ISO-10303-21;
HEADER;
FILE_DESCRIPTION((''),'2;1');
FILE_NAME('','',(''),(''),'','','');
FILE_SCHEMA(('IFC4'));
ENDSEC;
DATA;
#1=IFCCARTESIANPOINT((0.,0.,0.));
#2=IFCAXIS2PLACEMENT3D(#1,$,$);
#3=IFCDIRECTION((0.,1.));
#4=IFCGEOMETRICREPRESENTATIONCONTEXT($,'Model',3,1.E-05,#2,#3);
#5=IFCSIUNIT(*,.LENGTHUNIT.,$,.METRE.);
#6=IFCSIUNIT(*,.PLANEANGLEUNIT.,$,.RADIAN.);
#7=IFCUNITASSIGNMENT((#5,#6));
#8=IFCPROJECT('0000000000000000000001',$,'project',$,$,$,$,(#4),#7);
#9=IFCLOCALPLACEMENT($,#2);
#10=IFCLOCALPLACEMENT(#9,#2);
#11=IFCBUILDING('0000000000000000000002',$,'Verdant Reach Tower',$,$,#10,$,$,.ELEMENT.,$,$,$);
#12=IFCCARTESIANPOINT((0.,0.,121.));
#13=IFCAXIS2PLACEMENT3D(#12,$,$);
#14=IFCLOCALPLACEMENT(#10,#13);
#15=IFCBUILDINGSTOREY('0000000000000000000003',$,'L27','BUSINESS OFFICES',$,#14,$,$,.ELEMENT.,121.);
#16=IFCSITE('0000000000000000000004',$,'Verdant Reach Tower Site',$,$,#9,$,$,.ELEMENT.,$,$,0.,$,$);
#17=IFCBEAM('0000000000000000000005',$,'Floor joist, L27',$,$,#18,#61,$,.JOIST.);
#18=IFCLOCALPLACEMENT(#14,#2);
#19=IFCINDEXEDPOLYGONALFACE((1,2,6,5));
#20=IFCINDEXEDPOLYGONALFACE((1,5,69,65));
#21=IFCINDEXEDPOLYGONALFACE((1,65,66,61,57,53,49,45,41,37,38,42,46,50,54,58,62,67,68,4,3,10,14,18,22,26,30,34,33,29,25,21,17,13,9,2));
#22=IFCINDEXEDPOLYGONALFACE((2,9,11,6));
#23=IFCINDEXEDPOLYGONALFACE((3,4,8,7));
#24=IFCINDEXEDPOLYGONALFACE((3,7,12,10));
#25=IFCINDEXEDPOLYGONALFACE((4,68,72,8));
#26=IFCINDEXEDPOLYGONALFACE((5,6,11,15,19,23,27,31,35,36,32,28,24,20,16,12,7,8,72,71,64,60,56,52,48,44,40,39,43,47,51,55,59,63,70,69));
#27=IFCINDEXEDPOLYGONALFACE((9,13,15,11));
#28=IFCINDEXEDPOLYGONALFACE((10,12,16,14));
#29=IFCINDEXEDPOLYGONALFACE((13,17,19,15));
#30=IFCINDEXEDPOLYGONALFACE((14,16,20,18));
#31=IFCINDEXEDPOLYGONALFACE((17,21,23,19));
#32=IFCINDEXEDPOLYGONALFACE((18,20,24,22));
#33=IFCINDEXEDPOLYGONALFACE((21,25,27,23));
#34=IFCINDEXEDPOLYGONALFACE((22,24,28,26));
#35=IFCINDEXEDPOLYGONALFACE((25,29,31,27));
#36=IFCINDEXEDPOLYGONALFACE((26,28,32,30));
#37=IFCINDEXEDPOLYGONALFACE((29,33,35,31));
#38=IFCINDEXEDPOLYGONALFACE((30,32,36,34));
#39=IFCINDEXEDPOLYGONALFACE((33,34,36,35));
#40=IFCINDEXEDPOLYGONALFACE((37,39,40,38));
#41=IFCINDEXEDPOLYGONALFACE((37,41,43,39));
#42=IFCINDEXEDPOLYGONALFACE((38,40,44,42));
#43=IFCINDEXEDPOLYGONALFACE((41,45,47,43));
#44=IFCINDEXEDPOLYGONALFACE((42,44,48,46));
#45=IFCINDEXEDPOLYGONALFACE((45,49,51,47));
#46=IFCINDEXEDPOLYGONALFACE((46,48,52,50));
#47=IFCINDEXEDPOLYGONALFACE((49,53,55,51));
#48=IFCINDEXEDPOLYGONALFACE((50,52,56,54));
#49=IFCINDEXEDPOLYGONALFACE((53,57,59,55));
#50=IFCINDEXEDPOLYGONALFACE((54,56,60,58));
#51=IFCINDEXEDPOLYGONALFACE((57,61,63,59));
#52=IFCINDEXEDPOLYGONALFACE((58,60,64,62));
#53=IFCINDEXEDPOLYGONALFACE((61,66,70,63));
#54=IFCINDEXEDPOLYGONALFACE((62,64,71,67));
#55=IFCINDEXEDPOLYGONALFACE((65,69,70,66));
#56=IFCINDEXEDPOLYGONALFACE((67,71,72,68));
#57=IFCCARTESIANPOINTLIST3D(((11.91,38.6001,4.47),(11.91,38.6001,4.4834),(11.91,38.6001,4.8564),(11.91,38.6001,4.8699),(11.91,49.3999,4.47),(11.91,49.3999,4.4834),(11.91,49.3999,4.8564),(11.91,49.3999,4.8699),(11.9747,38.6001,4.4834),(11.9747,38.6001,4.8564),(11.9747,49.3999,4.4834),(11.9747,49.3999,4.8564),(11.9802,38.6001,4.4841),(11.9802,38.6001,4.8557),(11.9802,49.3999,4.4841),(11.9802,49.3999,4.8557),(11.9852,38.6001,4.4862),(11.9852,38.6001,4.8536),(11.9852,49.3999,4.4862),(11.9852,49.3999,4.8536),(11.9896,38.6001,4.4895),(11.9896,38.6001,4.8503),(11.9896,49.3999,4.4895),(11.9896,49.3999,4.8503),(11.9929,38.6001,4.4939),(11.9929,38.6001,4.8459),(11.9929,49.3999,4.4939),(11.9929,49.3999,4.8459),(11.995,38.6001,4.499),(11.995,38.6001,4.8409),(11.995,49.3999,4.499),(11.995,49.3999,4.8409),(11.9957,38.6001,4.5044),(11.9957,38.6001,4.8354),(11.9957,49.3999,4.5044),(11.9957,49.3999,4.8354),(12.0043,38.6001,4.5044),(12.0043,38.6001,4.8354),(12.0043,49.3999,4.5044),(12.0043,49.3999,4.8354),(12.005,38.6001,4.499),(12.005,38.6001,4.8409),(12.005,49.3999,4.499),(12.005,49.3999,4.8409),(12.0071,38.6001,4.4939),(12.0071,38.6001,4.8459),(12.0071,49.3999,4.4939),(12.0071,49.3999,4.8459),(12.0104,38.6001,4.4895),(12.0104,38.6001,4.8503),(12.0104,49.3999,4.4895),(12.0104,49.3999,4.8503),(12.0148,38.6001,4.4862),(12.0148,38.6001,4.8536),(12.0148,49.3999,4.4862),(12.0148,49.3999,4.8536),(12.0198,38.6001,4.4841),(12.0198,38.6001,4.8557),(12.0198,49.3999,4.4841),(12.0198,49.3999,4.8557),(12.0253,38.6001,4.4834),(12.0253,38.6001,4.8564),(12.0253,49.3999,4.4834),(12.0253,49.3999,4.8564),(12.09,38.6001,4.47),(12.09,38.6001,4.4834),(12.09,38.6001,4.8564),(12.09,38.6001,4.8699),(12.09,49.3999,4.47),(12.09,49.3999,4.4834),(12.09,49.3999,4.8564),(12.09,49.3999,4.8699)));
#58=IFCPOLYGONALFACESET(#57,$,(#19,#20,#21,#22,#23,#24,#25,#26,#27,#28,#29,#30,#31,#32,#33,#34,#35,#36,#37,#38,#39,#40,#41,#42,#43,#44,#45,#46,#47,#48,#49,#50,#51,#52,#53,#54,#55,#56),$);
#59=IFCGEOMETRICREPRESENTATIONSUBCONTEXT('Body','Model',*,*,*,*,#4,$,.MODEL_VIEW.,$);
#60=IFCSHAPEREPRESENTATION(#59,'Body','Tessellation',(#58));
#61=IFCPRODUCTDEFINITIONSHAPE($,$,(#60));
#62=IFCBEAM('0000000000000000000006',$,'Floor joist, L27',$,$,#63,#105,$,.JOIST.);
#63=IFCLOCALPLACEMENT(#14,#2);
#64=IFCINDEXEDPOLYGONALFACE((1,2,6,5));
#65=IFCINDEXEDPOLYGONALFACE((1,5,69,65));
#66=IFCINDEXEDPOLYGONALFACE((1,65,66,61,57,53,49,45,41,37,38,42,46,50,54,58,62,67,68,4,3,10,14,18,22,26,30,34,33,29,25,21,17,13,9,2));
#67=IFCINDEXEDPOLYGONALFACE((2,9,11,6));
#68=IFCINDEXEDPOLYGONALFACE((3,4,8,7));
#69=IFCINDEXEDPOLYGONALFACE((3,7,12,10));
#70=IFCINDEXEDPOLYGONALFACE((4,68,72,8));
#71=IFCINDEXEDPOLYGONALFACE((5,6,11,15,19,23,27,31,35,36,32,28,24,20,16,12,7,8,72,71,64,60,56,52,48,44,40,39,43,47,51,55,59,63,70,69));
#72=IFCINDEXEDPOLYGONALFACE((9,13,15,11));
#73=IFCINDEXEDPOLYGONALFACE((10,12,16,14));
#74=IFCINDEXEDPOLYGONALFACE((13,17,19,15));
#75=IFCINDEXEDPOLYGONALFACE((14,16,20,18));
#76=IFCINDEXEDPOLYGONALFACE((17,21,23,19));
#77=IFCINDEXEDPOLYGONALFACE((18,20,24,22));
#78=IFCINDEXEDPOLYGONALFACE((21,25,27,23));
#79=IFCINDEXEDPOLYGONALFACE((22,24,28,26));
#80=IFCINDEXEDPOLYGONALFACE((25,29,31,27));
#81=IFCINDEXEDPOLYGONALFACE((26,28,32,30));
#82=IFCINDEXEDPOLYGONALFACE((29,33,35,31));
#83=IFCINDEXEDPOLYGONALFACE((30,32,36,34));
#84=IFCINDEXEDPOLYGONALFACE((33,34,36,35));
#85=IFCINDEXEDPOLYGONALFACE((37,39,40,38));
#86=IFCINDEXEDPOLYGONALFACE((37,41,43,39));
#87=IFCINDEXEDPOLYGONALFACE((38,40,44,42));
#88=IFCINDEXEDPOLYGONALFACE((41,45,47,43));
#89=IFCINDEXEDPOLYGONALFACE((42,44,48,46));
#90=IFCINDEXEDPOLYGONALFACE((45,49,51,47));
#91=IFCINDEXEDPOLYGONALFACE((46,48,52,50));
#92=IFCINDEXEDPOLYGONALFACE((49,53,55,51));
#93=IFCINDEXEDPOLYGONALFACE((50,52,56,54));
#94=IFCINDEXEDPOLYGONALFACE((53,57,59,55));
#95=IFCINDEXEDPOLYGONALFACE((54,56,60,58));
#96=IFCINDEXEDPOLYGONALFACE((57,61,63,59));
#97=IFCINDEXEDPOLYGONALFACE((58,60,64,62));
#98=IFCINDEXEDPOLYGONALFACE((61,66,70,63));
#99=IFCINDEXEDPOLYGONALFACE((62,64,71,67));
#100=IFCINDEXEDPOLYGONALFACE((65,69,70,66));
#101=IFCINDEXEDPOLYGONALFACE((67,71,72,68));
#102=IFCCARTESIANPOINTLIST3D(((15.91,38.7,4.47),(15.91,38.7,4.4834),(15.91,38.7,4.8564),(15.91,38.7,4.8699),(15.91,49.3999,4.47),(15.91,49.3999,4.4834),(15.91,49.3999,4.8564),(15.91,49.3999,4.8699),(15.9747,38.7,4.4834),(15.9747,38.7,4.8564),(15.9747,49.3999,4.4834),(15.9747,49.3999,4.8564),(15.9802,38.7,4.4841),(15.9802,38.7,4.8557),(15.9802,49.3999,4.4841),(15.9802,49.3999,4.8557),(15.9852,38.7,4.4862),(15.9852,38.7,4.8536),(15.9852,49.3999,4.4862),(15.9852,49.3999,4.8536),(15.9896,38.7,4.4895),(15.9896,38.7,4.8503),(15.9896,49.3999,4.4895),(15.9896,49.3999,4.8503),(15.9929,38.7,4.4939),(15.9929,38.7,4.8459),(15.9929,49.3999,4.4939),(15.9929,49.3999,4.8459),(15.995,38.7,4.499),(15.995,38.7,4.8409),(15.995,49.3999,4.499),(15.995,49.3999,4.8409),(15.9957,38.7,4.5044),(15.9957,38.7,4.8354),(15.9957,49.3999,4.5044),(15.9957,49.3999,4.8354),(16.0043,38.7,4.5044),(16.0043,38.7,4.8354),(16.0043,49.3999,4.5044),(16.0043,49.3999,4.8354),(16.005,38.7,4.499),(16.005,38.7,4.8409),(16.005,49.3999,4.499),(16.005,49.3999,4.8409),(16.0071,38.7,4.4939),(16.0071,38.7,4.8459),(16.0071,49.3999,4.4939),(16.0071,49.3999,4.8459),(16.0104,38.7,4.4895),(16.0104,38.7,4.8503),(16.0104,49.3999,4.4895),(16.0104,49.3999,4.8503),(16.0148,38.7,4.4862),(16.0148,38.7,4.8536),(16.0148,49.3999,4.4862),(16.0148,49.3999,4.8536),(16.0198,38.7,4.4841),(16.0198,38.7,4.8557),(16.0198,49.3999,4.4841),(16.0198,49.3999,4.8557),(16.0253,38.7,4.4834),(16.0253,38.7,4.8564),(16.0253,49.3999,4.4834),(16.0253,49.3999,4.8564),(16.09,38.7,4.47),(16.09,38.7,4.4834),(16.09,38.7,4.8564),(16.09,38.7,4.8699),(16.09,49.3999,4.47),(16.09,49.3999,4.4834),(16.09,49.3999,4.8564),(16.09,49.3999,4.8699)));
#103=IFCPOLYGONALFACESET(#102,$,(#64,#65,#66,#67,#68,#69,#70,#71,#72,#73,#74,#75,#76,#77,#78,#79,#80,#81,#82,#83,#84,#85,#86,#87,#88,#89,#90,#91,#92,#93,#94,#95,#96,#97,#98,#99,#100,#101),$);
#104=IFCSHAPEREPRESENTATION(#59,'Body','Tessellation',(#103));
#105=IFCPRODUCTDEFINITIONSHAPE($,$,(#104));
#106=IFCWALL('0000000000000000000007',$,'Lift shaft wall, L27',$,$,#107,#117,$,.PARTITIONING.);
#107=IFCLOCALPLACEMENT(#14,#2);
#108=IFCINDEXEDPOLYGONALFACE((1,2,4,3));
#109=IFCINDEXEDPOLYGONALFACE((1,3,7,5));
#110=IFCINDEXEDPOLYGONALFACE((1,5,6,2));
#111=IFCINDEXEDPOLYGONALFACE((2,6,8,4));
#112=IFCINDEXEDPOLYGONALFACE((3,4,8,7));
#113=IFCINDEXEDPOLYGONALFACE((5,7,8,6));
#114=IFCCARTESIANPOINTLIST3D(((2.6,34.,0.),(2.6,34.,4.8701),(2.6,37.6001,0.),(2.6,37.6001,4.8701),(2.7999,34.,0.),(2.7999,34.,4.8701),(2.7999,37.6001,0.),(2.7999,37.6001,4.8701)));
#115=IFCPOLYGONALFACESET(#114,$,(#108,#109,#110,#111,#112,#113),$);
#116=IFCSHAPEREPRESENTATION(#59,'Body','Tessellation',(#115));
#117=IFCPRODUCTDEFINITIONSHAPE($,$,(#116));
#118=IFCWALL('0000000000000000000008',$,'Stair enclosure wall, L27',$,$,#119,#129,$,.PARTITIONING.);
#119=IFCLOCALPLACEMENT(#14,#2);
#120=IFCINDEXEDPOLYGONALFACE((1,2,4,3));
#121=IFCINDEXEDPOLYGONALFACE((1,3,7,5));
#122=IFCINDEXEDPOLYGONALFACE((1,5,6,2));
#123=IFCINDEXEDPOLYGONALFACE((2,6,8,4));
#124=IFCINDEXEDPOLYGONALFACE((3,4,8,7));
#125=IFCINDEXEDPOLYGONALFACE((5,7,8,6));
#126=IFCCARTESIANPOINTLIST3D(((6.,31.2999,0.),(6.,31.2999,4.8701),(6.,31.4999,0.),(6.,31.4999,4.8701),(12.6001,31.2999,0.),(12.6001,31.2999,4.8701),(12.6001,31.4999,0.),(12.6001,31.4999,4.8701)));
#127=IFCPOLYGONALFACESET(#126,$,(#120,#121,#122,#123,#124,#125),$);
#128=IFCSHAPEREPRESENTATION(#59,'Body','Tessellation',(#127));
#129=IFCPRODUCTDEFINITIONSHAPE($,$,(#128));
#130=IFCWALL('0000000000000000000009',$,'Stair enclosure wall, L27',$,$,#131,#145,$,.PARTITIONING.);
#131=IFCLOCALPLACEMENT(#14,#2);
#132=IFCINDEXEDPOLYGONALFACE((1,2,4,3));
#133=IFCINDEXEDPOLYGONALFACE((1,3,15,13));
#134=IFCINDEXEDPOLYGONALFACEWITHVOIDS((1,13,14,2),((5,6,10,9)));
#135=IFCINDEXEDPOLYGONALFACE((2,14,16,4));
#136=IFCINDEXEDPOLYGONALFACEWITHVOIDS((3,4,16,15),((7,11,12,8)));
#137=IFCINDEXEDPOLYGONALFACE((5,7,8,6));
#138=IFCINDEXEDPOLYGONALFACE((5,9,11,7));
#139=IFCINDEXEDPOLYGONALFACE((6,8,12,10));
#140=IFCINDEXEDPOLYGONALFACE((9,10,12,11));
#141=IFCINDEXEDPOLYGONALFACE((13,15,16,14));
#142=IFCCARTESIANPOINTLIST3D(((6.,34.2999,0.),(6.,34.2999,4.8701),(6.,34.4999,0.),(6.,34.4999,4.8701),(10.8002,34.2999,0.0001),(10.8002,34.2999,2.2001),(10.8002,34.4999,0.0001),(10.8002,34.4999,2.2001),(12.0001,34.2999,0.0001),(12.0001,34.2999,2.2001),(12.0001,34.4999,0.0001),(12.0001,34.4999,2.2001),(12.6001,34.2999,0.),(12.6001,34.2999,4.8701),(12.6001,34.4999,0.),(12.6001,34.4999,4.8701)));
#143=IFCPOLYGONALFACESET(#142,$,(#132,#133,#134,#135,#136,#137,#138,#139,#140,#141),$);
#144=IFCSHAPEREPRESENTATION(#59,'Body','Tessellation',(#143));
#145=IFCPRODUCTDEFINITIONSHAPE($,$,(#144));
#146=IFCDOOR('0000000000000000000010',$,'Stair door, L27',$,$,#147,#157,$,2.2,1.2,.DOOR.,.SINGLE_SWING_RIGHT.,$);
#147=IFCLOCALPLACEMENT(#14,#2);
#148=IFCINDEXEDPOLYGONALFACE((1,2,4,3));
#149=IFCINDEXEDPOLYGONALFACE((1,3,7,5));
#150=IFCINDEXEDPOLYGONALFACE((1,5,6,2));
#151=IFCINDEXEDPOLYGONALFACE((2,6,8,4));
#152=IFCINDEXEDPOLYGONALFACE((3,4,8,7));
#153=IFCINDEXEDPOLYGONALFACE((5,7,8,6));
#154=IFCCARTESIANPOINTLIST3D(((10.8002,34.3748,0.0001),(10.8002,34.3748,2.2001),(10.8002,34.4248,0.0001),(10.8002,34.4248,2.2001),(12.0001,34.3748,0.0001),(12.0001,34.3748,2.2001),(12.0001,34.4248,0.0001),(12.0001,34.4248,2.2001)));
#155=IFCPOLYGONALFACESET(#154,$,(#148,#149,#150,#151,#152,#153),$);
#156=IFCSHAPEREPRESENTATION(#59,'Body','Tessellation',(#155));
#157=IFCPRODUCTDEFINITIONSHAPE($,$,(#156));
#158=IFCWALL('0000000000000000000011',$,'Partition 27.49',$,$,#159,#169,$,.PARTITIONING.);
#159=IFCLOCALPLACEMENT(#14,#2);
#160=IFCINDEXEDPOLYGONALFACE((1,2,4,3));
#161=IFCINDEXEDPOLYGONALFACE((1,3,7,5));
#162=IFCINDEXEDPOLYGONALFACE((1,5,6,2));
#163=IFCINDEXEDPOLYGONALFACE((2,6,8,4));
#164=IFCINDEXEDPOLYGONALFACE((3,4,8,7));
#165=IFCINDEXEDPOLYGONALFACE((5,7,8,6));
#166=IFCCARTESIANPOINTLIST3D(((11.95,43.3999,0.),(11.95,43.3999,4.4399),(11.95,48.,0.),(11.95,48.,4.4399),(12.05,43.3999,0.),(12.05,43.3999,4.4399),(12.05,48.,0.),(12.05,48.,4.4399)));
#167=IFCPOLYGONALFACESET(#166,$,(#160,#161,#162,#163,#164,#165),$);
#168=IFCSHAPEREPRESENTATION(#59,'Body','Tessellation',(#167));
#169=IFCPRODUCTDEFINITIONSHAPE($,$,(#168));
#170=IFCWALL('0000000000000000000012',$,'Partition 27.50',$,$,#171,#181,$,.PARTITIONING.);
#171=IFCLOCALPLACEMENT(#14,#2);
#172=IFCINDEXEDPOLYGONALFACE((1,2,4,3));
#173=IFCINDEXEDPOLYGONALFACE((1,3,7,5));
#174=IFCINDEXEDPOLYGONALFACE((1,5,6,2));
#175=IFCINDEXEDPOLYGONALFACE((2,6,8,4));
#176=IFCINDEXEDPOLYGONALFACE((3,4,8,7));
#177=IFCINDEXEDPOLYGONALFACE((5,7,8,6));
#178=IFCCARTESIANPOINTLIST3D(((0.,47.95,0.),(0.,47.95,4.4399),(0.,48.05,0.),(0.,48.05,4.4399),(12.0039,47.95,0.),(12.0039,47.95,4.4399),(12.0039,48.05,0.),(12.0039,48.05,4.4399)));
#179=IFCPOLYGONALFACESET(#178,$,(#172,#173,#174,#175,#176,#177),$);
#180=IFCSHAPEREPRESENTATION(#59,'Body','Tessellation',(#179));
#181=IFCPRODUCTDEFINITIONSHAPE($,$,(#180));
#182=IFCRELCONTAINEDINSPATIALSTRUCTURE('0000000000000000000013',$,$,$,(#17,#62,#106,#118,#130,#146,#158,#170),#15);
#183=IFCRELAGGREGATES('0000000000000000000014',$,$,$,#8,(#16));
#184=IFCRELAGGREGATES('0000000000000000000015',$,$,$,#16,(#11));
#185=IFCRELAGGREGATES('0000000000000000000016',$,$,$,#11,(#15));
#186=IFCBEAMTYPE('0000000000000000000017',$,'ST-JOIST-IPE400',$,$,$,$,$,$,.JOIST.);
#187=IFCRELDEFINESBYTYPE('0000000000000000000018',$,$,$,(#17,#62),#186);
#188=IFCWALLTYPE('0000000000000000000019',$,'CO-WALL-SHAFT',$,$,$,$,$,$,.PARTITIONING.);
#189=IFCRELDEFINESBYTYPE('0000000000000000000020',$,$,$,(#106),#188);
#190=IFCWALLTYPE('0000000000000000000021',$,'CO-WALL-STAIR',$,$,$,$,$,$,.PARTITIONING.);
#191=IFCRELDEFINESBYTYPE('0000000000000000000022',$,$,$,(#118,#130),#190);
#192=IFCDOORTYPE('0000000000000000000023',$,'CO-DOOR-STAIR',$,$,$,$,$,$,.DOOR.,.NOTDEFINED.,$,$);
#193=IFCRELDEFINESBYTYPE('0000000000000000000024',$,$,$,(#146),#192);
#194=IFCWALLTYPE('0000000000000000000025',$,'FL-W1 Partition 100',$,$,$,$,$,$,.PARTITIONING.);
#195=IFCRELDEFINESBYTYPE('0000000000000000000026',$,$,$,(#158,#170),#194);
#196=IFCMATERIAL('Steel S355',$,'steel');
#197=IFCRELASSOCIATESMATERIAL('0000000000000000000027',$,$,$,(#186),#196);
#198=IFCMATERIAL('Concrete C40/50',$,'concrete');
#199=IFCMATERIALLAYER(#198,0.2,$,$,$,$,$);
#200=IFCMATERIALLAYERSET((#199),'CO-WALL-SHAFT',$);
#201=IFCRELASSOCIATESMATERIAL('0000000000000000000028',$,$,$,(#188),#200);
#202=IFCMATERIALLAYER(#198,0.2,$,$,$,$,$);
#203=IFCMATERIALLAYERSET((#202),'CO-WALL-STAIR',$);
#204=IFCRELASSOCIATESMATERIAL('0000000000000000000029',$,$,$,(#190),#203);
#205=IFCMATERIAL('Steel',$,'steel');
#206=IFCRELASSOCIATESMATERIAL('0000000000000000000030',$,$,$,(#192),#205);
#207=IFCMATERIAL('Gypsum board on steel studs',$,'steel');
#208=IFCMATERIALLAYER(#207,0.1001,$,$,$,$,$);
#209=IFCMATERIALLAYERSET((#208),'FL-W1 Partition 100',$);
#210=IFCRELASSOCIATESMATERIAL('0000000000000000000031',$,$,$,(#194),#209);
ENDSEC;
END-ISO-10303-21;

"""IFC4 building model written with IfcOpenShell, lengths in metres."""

from ifc_helpers import new_model, si_unit, direction, frame, frame_2d, origin, origin_2d, place, context, subcontext, project, spatial, rectangle, i_section, extrude, material, layer, layer_set, material_profile, profile_set, type_object, element, fill, save


model = new_model("IFC4")

# Units and contexts
model_context = context("Model", 3, precision=1e-05, world=origin(), true_north=direction((0.0, 1.0)))
body_context = subcontext(model_context, "Body", "Model", "MODEL_VIEW")
ifc_project = project(units=[si_unit("LENGTHUNIT", "METRE"), si_unit("PLANEANGLEUNIT", "RADIAN")], contexts=[model_context])

# Site, building, storey
site_placement = place(None, origin())
site = spatial("IfcSite", under=ifc_project, at=site_placement, Name="Verdant Reach Tower Site", CompositionType="ELEMENT", RefElevation=0.0)
building_placement = place(site_placement, origin())
building = spatial("IfcBuilding", under=site, at=building_placement, Name="Verdant Reach Tower", CompositionType="ELEMENT")
storey_placement = place(building_placement, frame((0.0, 0.0, 121.0)))
storey = spatial("IfcBuildingStorey", under=building, at=storey_placement, Name="L27", Description="BUSINESS OFFICES", CompositionType="ELEMENT", Elevation=121.0)

# Beams
ifc_material_1 = material(Name="Steel S355", Category="steel")
ifc_material_profile_1 = material_profile(ifc_material_1, i_section(OverallWidth=0.1799, OverallDepth=0.3999, WebThickness=0.0085, FlangeThickness=0.0134, FilletRadius=0.021, at=origin_2d()), Name="IPE 400")
ifc_profile_set_1 = profile_set([ifc_material_profile_1], Name="Steel S355")
beam_type_1 = type_object("IfcBeamType", Name="ST-JOIST-IPE400", PredefinedType="JOIST", material=ifc_profile_set_1)
for number, where, z_axis, x_axis, name in (
    (1, (12.0, 38.6001, 4.6699), (0.0, 1.0, 0.0), (-1.0, 0.0, 0.0), "Floor joist, L27"),
):
    element("IfcBeam", number, at=place(storey_placement, frame(where, z_axis=z_axis, x_axis=x_axis)), inside=storey, type_object=beam_type_1, Name=name, PredefinedType="JOIST", context=body_context, shape_type="SweptSolid", body=[
        extrude(i_section(OverallWidth=0.1799, OverallDepth=0.3999, WebThickness=0.0085, FlangeThickness=0.0134, FilletRadius=0.021, at=origin_2d()), origin(), (0.0, 0.0, 1.0), 10.7998),
    ])
beam_1_placement = place(storey_placement, frame((16.0, 38.7, 4.6699), z_axis=(0.0, 1.0, 0.0), x_axis=(-1.0, 0.0, 0.0)))
element("IfcBeam", 2, at=beam_1_placement, inside=storey, type_object=beam_type_1, Name="Floor joist, L27", PredefinedType="JOIST", context=body_context, shape_type="SweptSolid", body=[
    extrude(i_section(OverallWidth=0.1799, OverallDepth=0.3999, WebThickness=0.0085, FlangeThickness=0.0134, FilletRadius=0.021, at=origin_2d()), origin(), (0.0, 0.0, 1.0), 10.7),
])

# Walls
ifc_material_2 = material(Name="Concrete C40/50", Category="concrete")
ifc_layer_1 = layer(ifc_material_2, 0.2)
ifc_layer_set_1 = layer_set([ifc_layer_1], Name="CO-WALL-SHAFT")
wall_type_1 = type_object("IfcWallType", Name="CO-WALL-SHAFT", PredefinedType="PARTITIONING", material=ifc_layer_set_1)
wall_1_placement = place(storey_placement, frame((2.7, 34.0, 0.0), z_axis=(0.0, 0.0, 1.0), x_axis=(0.0, 1.0, 0.0)))
element("IfcWall", 3, at=wall_1_placement, inside=storey, type_object=wall_type_1, Name="Lift shaft wall, L27", PredefinedType="PARTITIONING", context=body_context, shape_type="SweptSolid", body=[
    extrude(rectangle(XDim=3.6001, YDim=0.2, at=frame_2d((1.8, 0.0))), origin(), (0.0, 0.0, 1.0), 4.8701),
])
ifc_layer_2 = layer(ifc_material_2, 0.2)
ifc_layer_set_2 = layer_set([ifc_layer_2], Name="CO-WALL-STAIR")
wall_type_2 = type_object("IfcWallType", Name="CO-WALL-STAIR", PredefinedType="PARTITIONING", material=ifc_layer_set_2)
wall_2_placement = place(storey_placement, frame((6.0, 31.3999, 0.0), z_axis=(0.0, 0.0, 1.0), x_axis=(1.0, 0.0, 0.0)))
element("IfcWall", 4, at=wall_2_placement, inside=storey, type_object=wall_type_2, Name="Stair enclosure wall, L27", PredefinedType="PARTITIONING", context=body_context, shape_type="SweptSolid", body=[
    extrude(rectangle(XDim=6.6001, YDim=0.2, at=frame_2d((3.3, 0.0))), origin(), (0.0, 0.0, 1.0), 4.8701),
])

# Wall, opening, door
wall_3_placement = place(storey_placement, frame((6.0, 34.3999, 0.0), z_axis=(0.0, 0.0, 1.0), x_axis=(1.0, 0.0, 0.0)))
wall_3 = element("IfcWall", 5, at=wall_3_placement, inside=storey, type_object=wall_type_2, Name="Stair enclosure wall, L27", PredefinedType="PARTITIONING", context=body_context, shape_type="SweptSolid", body=[
    extrude(rectangle(XDim=6.6001, YDim=0.2, at=frame_2d((3.3, 0.0))), origin(), (0.0, 0.0, 1.0), 4.8701),
])
opening_1_placement = place(wall_3_placement, frame((4.8, 0.0, 0.0)))
opening_1 = element("IfcOpeningElement", 6, at=opening_1_placement, cuts=wall_3, PredefinedType="OPENING", context=body_context, shape_type="SweptSolid", body=[
    extrude(rectangle(XDim=1.2, YDim=2.2, at=frame_2d((0.6001, 1.1001))), frame((0.0, 0.1099, 0.0), z_axis=(0.0, -1.0, 0.0), x_axis=(1.0, 0.0, 0.0)), (0.0, 0.0, 1.0), 0.22),
])
ifc_material_3 = material(Name="Steel", Category="steel")
door_type_1 = type_object("IfcDoorType", Name="CO-DOOR-STAIR", OperationType="NOTDEFINED", PredefinedType="DOOR", material=ifc_material_3)
door_1_placement = place(opening_1_placement, origin())
door_1 = element("IfcDoor", 7, at=door_1_placement, inside=storey, type_object=door_type_1, Name="Stair door, L27", OperationType="SINGLE_SWING_RIGHT", OverallHeight=2.2, OverallWidth=1.2, PredefinedType="DOOR", context=body_context, shape_type="SweptSolid", body=[
    extrude(rectangle(XDim=1.2, YDim=2.2, at=frame_2d((0.6001, 1.1001))), frame((0.0, 0.0249, 0.0), z_axis=(0.0, -1.0, 0.0), x_axis=(1.0, 0.0, 0.0)), (0.0, 0.0, 1.0), 0.05),
])
fill(opening_1, door_1)

# Walls
ifc_material_4 = material(Name="Gypsum board on steel studs", Category="steel")
ifc_layer_3 = layer(ifc_material_4, 0.1001)
ifc_layer_set_3 = layer_set([ifc_layer_3], Name="FL-W1 Partition 100")
wall_type_3 = type_object("IfcWallType", Name="FL-W1 Partition 100", PredefinedType="PARTITIONING", material=ifc_layer_set_3)
wall_4_placement = place(storey_placement, frame((12.0, 43.3999, 0.0), z_axis=(0.0, 0.0, 1.0), x_axis=(0.0, 1.0, 0.0)))
element("IfcWall", 8, at=wall_4_placement, inside=storey, type_object=wall_type_3, Name="Partition 27.49", PredefinedType="PARTITIONING", context=body_context, shape_type="SweptSolid", body=[
    extrude(rectangle(XDim=4.6001, YDim=0.1001, at=frame_2d((2.3, 0.0))), origin(), (0.0, 0.0, 1.0), 4.4399),
])
wall_5_placement = place(storey_placement, frame((12.0039, 48.0, 0.0), z_axis=(0.0, 0.0, 1.0), x_axis=(-1.0, 0.0, 0.0)))
element("IfcWall", 9, at=wall_5_placement, inside=storey, type_object=wall_type_3, Name="Partition 27.50", PredefinedType="PARTITIONING", context=body_context, shape_type="SweptSolid", body=[
    extrude(rectangle(XDim=12.0039, YDim=0.1001, at=frame_2d((6.002, 0.0))), origin(), (0.0, 0.0, 1.0), 4.4399),
])

save(model, "model.ifc")
